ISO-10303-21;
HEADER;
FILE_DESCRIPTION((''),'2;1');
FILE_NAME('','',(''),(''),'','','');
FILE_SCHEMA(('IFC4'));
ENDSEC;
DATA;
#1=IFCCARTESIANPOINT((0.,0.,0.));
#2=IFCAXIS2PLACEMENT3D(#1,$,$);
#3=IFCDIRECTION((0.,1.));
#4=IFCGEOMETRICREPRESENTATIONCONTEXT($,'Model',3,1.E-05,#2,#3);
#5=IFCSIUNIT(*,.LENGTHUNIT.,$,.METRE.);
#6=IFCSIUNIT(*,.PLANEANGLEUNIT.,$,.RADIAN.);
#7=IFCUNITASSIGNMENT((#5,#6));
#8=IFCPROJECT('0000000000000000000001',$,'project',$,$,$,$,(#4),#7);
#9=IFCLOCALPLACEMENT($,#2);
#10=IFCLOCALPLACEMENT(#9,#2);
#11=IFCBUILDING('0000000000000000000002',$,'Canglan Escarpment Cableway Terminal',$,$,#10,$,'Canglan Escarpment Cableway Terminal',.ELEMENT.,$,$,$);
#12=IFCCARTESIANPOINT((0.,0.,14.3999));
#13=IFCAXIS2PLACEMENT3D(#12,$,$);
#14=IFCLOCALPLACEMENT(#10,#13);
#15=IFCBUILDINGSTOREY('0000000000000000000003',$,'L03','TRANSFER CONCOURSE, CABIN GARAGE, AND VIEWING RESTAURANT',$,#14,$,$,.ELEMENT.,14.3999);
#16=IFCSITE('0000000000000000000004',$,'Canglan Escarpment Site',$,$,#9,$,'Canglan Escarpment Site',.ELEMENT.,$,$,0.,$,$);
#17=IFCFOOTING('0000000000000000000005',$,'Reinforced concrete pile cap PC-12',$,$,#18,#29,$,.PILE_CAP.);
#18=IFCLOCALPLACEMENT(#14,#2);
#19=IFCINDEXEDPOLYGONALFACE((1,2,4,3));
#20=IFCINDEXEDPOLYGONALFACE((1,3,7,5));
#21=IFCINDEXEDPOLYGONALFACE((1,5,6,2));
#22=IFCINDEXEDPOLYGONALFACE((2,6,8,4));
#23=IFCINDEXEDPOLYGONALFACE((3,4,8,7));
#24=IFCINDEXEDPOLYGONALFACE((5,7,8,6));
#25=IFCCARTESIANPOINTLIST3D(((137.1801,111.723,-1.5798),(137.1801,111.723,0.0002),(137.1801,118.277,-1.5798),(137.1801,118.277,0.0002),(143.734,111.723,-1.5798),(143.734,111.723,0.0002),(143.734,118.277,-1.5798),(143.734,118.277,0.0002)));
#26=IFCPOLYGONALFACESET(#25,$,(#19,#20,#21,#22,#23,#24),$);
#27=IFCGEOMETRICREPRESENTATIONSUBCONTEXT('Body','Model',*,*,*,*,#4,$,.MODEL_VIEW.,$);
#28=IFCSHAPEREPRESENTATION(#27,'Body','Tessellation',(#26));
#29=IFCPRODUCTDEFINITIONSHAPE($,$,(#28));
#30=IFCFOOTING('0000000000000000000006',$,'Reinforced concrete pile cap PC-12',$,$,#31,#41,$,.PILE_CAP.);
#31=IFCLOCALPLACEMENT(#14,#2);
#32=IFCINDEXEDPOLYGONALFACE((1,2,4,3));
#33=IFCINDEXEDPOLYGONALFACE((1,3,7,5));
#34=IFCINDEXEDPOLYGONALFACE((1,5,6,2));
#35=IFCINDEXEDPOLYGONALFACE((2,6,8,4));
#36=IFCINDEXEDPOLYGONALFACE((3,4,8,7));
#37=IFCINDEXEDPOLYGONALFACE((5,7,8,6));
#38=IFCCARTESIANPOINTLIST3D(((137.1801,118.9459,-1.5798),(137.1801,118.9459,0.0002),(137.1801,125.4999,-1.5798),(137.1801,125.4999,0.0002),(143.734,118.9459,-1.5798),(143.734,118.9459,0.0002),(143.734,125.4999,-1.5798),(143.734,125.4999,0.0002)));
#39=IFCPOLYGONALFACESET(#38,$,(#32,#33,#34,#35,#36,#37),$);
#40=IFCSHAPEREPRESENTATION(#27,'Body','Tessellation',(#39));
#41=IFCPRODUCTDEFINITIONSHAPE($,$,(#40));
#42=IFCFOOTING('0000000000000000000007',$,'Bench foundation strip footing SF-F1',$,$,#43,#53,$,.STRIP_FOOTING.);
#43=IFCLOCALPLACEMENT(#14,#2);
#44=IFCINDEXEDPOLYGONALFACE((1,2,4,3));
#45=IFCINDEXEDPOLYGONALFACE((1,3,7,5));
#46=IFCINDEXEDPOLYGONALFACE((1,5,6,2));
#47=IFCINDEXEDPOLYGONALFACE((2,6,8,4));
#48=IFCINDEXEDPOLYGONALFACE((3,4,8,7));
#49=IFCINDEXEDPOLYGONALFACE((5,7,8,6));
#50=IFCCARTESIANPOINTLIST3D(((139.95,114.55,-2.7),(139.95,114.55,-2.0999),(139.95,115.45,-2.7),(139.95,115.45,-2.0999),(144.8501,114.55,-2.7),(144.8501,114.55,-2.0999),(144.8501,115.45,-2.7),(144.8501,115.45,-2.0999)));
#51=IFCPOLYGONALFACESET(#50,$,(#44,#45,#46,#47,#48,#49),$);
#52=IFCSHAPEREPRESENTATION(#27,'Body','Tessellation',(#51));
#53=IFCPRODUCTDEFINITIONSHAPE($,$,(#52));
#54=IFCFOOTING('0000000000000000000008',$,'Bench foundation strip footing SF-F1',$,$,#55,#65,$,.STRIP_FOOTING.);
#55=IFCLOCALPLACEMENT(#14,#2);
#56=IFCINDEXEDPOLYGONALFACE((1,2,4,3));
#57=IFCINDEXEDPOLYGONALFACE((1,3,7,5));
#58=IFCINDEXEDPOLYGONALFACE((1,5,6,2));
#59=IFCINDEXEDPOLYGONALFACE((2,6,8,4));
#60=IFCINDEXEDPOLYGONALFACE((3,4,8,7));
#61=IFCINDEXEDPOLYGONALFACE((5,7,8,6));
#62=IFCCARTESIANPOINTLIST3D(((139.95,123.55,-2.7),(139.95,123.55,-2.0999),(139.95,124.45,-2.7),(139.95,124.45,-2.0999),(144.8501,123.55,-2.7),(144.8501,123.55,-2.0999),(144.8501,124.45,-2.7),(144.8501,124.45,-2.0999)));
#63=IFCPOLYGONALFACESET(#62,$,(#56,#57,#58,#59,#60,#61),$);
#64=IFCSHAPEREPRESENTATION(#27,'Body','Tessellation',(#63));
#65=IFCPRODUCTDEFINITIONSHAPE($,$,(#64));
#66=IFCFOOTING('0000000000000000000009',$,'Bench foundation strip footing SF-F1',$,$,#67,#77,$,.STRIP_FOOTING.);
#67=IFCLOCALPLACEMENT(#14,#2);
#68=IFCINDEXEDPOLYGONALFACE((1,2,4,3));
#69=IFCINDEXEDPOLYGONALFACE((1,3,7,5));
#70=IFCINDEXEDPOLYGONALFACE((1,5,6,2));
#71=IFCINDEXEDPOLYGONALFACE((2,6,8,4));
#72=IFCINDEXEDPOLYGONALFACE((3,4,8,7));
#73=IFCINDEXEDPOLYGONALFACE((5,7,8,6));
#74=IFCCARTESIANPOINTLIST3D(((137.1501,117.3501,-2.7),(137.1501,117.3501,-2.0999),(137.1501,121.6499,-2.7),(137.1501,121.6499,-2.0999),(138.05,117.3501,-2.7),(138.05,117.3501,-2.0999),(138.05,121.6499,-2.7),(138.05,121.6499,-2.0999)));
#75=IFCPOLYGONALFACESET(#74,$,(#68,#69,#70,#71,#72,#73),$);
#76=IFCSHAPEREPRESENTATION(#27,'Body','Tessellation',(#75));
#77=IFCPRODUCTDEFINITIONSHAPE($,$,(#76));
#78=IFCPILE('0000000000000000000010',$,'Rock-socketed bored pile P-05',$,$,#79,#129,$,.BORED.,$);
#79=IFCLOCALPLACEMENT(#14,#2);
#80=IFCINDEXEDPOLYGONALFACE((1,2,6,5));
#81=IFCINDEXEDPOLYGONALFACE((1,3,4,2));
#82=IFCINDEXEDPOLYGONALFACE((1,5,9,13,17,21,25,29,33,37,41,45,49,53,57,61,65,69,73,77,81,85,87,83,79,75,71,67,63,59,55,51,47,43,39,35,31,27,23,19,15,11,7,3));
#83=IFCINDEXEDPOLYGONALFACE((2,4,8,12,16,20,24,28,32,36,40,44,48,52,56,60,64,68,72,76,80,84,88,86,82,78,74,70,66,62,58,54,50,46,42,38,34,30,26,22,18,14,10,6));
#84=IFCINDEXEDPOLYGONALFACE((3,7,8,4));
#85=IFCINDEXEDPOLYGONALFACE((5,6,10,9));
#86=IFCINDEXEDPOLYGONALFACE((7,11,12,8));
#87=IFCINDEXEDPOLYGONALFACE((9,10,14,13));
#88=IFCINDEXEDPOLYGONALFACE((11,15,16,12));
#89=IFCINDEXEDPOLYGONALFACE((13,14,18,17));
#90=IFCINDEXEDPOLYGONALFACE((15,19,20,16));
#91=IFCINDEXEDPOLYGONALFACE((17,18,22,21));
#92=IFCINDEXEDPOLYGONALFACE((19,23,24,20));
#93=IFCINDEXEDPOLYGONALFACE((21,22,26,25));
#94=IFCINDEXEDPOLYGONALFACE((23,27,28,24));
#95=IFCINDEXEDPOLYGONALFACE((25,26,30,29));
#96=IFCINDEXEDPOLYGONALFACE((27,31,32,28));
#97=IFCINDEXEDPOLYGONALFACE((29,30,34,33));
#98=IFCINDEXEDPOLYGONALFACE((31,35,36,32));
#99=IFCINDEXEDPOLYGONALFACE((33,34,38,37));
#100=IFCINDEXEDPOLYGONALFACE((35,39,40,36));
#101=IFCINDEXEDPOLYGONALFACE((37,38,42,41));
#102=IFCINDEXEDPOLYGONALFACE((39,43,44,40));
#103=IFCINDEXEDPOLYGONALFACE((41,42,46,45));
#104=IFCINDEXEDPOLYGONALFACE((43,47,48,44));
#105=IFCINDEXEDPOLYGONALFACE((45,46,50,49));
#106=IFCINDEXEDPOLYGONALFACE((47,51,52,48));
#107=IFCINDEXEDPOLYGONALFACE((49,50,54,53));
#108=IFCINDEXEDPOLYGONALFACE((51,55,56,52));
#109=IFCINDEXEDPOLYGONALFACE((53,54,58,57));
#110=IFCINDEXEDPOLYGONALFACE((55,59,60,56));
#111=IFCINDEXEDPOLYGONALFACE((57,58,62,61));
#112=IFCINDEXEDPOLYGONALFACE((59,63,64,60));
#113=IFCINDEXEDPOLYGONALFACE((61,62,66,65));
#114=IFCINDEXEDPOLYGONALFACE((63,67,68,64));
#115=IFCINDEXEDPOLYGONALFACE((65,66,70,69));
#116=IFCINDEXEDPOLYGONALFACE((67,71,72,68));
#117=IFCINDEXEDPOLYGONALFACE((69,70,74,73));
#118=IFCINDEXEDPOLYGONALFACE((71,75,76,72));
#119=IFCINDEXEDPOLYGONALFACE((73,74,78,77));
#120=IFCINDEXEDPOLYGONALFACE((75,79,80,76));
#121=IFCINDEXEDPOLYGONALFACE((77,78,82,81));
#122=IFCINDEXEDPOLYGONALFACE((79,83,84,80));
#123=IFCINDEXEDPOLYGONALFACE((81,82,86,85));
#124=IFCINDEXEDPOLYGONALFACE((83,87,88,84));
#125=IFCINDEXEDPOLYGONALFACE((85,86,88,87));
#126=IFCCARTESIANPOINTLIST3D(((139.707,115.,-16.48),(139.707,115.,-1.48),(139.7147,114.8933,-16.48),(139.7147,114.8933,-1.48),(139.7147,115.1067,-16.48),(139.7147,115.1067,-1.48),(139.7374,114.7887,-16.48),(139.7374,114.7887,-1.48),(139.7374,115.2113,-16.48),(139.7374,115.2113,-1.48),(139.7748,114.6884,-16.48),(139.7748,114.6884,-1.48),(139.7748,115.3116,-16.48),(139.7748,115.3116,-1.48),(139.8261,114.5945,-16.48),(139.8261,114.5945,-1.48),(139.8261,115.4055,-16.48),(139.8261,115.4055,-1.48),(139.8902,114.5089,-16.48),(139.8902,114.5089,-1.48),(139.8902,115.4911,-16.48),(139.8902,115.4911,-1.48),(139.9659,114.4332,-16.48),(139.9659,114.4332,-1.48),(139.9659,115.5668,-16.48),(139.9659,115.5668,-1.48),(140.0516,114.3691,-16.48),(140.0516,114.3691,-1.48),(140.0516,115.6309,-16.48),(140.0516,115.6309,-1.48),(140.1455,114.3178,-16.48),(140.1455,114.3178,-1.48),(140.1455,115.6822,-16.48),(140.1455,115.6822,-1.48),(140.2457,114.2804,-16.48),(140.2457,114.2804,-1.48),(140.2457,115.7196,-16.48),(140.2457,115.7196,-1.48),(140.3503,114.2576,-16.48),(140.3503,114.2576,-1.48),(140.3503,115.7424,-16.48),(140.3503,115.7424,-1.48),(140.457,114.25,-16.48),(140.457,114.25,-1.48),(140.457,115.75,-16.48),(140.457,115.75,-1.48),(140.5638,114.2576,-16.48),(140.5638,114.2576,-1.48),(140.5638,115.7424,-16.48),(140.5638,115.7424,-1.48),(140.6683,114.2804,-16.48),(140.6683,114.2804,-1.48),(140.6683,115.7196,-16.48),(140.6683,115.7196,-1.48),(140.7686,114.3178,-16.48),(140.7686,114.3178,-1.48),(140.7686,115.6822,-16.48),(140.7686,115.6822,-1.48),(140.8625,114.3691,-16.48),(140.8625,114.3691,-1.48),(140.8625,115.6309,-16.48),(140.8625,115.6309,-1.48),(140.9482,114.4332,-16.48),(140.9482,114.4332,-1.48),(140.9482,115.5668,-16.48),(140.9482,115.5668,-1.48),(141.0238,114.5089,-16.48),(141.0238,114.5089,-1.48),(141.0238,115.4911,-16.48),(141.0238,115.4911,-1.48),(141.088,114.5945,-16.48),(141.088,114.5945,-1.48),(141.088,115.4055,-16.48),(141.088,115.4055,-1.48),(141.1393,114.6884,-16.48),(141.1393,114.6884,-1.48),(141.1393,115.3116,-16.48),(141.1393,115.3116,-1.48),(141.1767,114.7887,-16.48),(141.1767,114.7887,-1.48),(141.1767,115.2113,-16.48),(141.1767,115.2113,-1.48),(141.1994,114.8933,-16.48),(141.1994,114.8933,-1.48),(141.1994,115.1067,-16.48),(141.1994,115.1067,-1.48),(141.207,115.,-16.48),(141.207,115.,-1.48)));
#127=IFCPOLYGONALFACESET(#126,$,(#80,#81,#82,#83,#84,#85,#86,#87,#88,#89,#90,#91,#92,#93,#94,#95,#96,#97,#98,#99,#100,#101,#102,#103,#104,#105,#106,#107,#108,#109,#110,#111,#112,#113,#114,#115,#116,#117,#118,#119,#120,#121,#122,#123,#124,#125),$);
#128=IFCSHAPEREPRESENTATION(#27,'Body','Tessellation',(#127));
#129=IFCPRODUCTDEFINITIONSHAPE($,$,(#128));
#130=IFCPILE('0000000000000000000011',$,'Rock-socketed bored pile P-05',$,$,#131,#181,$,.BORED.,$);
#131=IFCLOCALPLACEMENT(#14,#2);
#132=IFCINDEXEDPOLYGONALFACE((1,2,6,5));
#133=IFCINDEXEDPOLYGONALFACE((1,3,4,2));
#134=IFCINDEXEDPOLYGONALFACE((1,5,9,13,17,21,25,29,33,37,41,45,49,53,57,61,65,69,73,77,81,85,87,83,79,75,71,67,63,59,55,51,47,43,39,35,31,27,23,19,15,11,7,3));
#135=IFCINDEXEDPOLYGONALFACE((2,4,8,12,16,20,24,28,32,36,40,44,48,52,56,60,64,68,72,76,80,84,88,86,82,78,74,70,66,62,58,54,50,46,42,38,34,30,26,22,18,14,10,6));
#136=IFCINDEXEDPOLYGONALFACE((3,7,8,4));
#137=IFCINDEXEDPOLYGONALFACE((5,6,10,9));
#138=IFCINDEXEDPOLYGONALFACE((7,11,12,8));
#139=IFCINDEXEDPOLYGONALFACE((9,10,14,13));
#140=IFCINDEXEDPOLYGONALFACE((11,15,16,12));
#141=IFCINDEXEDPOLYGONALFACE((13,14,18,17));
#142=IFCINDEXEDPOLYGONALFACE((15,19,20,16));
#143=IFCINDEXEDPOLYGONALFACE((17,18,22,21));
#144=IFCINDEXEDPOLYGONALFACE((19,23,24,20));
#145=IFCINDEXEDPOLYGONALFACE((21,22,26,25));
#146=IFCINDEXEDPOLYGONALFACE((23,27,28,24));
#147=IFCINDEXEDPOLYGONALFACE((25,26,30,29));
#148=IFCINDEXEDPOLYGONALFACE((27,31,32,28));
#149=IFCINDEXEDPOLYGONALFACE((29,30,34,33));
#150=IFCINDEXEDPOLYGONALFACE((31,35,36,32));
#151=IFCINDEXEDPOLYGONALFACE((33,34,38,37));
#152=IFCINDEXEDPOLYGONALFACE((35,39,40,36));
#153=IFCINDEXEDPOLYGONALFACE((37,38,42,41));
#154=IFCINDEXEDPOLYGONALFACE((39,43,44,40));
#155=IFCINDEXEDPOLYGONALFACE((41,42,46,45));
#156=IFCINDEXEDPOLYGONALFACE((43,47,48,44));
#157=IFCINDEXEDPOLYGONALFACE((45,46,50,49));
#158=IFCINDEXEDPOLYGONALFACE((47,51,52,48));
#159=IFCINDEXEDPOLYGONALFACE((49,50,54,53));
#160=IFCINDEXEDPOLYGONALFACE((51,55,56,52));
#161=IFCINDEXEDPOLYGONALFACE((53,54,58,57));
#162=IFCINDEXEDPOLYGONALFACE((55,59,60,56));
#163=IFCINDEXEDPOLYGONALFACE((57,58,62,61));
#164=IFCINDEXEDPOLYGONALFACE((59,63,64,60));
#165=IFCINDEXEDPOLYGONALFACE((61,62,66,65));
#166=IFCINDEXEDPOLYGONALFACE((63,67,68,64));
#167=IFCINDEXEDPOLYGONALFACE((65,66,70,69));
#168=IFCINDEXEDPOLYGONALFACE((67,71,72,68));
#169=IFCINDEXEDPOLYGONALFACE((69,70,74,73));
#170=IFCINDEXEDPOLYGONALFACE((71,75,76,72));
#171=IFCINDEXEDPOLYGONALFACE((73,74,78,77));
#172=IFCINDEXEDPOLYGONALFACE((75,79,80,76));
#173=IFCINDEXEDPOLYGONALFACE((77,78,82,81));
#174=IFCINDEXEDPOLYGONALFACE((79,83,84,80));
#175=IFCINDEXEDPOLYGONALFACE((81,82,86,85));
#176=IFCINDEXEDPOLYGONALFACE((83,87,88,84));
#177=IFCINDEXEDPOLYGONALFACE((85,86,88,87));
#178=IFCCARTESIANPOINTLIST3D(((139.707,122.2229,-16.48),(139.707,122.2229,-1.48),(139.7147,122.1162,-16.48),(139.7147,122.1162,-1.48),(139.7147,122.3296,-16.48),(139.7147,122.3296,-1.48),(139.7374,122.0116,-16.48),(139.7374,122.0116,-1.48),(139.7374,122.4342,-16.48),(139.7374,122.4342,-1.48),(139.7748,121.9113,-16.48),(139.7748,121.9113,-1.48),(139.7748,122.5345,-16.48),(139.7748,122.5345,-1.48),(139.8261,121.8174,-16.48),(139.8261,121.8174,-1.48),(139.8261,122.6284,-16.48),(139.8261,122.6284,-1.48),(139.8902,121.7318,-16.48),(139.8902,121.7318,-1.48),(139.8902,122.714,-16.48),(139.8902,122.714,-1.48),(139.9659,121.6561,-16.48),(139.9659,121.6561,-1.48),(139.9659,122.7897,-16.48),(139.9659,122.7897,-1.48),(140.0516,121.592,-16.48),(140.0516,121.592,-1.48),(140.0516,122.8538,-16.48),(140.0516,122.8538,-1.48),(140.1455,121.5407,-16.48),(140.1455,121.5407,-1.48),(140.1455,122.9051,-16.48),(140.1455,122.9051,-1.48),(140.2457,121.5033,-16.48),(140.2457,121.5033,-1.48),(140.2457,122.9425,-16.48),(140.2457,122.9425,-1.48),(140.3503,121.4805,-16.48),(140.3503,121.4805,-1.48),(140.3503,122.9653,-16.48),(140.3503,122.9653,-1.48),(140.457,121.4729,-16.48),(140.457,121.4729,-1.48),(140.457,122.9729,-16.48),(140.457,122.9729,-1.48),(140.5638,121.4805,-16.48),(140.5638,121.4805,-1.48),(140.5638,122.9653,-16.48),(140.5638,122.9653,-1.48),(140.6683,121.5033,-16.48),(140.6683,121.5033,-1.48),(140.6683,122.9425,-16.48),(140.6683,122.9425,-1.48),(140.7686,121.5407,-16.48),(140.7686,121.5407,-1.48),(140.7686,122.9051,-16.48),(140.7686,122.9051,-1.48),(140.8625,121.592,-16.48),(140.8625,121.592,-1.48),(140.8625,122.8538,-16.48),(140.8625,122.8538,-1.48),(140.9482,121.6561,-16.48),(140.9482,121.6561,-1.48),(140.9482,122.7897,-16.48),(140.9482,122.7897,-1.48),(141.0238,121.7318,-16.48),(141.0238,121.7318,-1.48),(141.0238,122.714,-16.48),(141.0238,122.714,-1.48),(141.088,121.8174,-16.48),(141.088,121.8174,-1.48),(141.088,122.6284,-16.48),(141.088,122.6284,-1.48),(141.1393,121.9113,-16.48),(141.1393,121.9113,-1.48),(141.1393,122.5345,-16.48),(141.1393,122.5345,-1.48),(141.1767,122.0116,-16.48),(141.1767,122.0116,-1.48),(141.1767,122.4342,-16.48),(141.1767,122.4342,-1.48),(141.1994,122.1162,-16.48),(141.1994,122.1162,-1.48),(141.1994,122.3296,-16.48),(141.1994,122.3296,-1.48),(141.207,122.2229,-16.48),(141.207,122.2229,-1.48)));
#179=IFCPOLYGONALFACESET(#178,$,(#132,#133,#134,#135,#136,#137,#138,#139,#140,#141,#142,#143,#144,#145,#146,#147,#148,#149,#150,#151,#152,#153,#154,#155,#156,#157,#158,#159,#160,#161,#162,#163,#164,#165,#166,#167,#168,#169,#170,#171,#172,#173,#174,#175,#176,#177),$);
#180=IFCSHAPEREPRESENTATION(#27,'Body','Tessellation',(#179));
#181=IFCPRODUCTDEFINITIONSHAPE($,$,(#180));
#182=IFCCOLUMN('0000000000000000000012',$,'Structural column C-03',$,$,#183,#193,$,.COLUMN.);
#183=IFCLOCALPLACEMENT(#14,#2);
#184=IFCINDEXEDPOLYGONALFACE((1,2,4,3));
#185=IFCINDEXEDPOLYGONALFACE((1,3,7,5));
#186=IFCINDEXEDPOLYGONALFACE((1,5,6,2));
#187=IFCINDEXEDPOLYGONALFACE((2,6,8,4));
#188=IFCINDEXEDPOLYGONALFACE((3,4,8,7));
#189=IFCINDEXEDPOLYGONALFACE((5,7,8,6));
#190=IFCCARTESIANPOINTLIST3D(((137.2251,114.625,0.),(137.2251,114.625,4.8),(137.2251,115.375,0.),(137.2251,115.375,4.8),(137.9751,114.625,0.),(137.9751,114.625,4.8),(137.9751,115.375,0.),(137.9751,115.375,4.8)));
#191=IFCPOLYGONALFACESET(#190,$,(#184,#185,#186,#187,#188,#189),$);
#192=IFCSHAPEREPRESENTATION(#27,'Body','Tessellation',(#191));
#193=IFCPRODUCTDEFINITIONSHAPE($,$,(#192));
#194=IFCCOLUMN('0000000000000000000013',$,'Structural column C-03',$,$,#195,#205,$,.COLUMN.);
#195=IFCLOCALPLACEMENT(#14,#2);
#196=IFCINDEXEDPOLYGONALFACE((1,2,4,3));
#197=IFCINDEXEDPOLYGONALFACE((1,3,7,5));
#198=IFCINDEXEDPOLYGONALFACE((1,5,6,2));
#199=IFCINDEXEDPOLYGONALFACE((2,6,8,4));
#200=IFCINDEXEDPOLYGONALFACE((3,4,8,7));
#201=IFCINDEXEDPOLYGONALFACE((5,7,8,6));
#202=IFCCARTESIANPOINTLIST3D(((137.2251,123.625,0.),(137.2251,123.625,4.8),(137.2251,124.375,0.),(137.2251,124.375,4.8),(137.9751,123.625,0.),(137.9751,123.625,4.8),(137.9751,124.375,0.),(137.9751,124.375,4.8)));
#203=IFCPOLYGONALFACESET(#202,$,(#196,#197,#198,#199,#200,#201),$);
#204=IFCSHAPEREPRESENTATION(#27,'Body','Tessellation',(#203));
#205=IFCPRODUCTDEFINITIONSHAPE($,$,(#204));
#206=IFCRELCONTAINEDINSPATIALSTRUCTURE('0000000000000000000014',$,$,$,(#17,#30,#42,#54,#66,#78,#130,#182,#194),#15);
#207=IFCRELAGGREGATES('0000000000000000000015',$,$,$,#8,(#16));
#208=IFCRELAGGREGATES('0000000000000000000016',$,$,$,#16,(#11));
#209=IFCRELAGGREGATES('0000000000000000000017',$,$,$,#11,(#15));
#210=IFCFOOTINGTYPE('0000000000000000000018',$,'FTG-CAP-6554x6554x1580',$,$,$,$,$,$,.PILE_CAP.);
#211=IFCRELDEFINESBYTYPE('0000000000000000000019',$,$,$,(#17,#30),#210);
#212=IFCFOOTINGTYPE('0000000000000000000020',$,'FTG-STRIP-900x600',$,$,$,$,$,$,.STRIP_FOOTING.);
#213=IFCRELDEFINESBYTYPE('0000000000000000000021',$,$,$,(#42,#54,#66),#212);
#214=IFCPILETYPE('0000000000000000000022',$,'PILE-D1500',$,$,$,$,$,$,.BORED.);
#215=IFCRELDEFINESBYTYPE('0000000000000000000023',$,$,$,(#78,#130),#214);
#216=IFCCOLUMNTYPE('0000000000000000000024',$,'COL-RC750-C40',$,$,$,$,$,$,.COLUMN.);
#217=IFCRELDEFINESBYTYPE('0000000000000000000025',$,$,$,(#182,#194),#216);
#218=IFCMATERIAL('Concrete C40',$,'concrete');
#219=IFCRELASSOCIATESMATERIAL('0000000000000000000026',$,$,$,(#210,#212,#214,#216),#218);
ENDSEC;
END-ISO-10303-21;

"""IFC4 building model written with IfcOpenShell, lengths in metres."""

from ifc_helpers import new_model, si_unit, direction, frame, origin, origin_2d, place, context, subcontext, project, spatial, rectangle, circle, extrude, material, material_profile, profile_set, type_object, element, save


model = new_model("IFC4")

# Units and contexts
model_context = context("Model", 3, precision=1e-05, world=origin(), true_north=direction((0.0, 1.0)))
body_context = subcontext(model_context, "Body", "Model", "MODEL_VIEW")
ifc_project = project(units=[si_unit("LENGTHUNIT", "METRE"), si_unit("PLANEANGLEUNIT", "RADIAN")], contexts=[model_context])

# Site, building, storey
site_placement = place(None, origin())
site = spatial("IfcSite", under=ifc_project, at=site_placement, Name="Canglan Escarpment Site", LongName="Canglan Escarpment Site", CompositionType="ELEMENT", RefElevation=0.0)
building_placement = place(site_placement, origin())
building = spatial("IfcBuilding", under=site, at=building_placement, Name="Canglan Escarpment Cableway Terminal", LongName="Canglan Escarpment Cableway Terminal", CompositionType="ELEMENT")
storey_placement = place(building_placement, frame((0.0, 0.0, 14.3999)))
storey = spatial("IfcBuildingStorey", under=building, at=storey_placement, Name="L03", Description="TRANSFER CONCOURSE, CABIN GARAGE, AND VIEWING RESTAURANT", CompositionType="ELEMENT", Elevation=14.3999)

# Footings
ifc_material_1 = material(Name="Concrete C40", Category="concrete")
footing_type_1 = type_object("IfcFootingType", Name="FTG-CAP-6554x6554x1580", PredefinedType="PILE_CAP", material=ifc_material_1)
for number, where, z_axis, x_axis, name in (
    (1, (140.457, 115.0, -1.5798), (0.0, 0.0, 1.0), (1.0, 0.0, 0.0), "Reinforced concrete pile cap PC-12"),
    (2, (140.457, 122.2229, -1.5798), (0.0, 0.0, 1.0), (1.0, 0.0, 0.0), "Reinforced concrete pile cap PC-12"),
):
    element("IfcFooting", number, at=place(storey_placement, frame(where, z_axis=z_axis, x_axis=x_axis)), inside=storey, type_object=footing_type_1, Name=name, PredefinedType="PILE_CAP", context=body_context, shape_type="SweptSolid", body=[
        extrude(rectangle(XDim=6.554, YDim=6.554, at=origin_2d()), origin(), (0.0, 0.0, 1.0), 1.5801),
    ])
ifc_material_profile_1 = material_profile(ifc_material_1, rectangle(XDim=0.8999, YDim=0.6001, at=origin_2d()), Name="SF 900x600")
ifc_profile_set_1 = profile_set([ifc_material_profile_1], Name="Concrete C40")
footing_type_2 = type_object("IfcFootingType", Name="FTG-STRIP-900x600", PredefinedType="STRIP_FOOTING", material=ifc_profile_set_1)
for number, where, z_axis, x_axis, name in (
    (3, (139.95, 115.0, -2.3999), (1.0, 0.0, 0.0), (0.0, 1.0, 0.0), "Bench foundation strip footing SF-F1"),
    (4, (139.95, 124.0, -2.3999), (1.0, 0.0, 0.0), (0.0, 1.0, 0.0), "Bench foundation strip footing SF-F1"),
):
    element("IfcFooting", number, at=place(storey_placement, frame(where, z_axis=z_axis, x_axis=x_axis)), inside=storey, type_object=footing_type_2, Name=name, PredefinedType="STRIP_FOOTING", context=body_context, shape_type="SweptSolid", body=[
        extrude(rectangle(XDim=0.8999, YDim=0.6001, at=origin_2d()), origin(), (0.0, 0.0, 1.0), 4.9001),
    ])
footing_placement = place(storey_placement, frame((137.6001, 117.3501, -2.3999), z_axis=(0.0, 1.0, 0.0), x_axis=(-1.0, 0.0, 0.0)))
element("IfcFooting", 5, at=footing_placement, inside=storey, type_object=footing_type_2, Name="Bench foundation strip footing SF-F1", PredefinedType="STRIP_FOOTING", context=body_context, shape_type="SweptSolid", body=[
    extrude(rectangle(XDim=0.8999, YDim=0.6001, at=origin_2d()), origin(), (0.0, 0.0, 1.0), 4.2998),
])

# Piles
ifc_material_profile_2 = material_profile(ifc_material_1, circle(Radius=0.75, at=origin_2d()), Name="BORED PILE D1500")
ifc_profile_set_2 = profile_set([ifc_material_profile_2], Name="Concrete C40")
pile_type = type_object("IfcPileType", Name="PILE-D1500", PredefinedType="BORED", material=ifc_profile_set_2)
for number, where, z_axis, x_axis, name in (
    (6, (140.457, 115.0, -1.48), (0.0, 0.0, -1.0), (1.0, 0.0, 0.0), "Rock-socketed bored pile P-05"),
    (7, (140.457, 122.2229, -1.48), (0.0, 0.0, -1.0), (1.0, 0.0, 0.0), "Rock-socketed bored pile P-05"),
):
    element("IfcPile", number, at=place(storey_placement, frame(where, z_axis=z_axis, x_axis=x_axis)), inside=storey, type_object=pile_type, Name=name, PredefinedType="BORED", context=body_context, shape_type="SweptSolid", body=[
        extrude(circle(Radius=0.75, at=origin_2d()), origin(), (0.0, 0.0, 1.0), 15.0),
    ])

# Columns
ifc_material_profile_3 = material_profile(ifc_material_1, rectangle(XDim=0.75, YDim=0.75, at=origin_2d()), Name="RC 750x750")
ifc_profile_set_3 = profile_set([ifc_material_profile_3], Name="Concrete C40")
column_type = type_object("IfcColumnType", Name="COL-RC750-C40", PredefinedType="COLUMN", material=ifc_profile_set_3)
for number, where, z_axis, x_axis, name in (
    (8, (137.6001, 115.0, 0.0), (0.0, 0.0, 1.0), (1.0, 0.0, 0.0), "Structural column C-03"),
    (9, (137.6001, 124.0, 0.0), (0.0, 0.0, 1.0), (1.0, 0.0, 0.0), "Structural column C-03"),
):
    element("IfcColumn", number, at=place(storey_placement, frame(where, z_axis=z_axis, x_axis=x_axis)), inside=storey, type_object=column_type, Name=name, PredefinedType="COLUMN", context=body_context, shape_type="SweptSolid", body=[
        extrude(rectangle(XDim=0.75, YDim=0.75, at=origin_2d()), origin(), (0.0, 0.0, 1.0), 4.8),
    ])

save(model, "model.ifc")
